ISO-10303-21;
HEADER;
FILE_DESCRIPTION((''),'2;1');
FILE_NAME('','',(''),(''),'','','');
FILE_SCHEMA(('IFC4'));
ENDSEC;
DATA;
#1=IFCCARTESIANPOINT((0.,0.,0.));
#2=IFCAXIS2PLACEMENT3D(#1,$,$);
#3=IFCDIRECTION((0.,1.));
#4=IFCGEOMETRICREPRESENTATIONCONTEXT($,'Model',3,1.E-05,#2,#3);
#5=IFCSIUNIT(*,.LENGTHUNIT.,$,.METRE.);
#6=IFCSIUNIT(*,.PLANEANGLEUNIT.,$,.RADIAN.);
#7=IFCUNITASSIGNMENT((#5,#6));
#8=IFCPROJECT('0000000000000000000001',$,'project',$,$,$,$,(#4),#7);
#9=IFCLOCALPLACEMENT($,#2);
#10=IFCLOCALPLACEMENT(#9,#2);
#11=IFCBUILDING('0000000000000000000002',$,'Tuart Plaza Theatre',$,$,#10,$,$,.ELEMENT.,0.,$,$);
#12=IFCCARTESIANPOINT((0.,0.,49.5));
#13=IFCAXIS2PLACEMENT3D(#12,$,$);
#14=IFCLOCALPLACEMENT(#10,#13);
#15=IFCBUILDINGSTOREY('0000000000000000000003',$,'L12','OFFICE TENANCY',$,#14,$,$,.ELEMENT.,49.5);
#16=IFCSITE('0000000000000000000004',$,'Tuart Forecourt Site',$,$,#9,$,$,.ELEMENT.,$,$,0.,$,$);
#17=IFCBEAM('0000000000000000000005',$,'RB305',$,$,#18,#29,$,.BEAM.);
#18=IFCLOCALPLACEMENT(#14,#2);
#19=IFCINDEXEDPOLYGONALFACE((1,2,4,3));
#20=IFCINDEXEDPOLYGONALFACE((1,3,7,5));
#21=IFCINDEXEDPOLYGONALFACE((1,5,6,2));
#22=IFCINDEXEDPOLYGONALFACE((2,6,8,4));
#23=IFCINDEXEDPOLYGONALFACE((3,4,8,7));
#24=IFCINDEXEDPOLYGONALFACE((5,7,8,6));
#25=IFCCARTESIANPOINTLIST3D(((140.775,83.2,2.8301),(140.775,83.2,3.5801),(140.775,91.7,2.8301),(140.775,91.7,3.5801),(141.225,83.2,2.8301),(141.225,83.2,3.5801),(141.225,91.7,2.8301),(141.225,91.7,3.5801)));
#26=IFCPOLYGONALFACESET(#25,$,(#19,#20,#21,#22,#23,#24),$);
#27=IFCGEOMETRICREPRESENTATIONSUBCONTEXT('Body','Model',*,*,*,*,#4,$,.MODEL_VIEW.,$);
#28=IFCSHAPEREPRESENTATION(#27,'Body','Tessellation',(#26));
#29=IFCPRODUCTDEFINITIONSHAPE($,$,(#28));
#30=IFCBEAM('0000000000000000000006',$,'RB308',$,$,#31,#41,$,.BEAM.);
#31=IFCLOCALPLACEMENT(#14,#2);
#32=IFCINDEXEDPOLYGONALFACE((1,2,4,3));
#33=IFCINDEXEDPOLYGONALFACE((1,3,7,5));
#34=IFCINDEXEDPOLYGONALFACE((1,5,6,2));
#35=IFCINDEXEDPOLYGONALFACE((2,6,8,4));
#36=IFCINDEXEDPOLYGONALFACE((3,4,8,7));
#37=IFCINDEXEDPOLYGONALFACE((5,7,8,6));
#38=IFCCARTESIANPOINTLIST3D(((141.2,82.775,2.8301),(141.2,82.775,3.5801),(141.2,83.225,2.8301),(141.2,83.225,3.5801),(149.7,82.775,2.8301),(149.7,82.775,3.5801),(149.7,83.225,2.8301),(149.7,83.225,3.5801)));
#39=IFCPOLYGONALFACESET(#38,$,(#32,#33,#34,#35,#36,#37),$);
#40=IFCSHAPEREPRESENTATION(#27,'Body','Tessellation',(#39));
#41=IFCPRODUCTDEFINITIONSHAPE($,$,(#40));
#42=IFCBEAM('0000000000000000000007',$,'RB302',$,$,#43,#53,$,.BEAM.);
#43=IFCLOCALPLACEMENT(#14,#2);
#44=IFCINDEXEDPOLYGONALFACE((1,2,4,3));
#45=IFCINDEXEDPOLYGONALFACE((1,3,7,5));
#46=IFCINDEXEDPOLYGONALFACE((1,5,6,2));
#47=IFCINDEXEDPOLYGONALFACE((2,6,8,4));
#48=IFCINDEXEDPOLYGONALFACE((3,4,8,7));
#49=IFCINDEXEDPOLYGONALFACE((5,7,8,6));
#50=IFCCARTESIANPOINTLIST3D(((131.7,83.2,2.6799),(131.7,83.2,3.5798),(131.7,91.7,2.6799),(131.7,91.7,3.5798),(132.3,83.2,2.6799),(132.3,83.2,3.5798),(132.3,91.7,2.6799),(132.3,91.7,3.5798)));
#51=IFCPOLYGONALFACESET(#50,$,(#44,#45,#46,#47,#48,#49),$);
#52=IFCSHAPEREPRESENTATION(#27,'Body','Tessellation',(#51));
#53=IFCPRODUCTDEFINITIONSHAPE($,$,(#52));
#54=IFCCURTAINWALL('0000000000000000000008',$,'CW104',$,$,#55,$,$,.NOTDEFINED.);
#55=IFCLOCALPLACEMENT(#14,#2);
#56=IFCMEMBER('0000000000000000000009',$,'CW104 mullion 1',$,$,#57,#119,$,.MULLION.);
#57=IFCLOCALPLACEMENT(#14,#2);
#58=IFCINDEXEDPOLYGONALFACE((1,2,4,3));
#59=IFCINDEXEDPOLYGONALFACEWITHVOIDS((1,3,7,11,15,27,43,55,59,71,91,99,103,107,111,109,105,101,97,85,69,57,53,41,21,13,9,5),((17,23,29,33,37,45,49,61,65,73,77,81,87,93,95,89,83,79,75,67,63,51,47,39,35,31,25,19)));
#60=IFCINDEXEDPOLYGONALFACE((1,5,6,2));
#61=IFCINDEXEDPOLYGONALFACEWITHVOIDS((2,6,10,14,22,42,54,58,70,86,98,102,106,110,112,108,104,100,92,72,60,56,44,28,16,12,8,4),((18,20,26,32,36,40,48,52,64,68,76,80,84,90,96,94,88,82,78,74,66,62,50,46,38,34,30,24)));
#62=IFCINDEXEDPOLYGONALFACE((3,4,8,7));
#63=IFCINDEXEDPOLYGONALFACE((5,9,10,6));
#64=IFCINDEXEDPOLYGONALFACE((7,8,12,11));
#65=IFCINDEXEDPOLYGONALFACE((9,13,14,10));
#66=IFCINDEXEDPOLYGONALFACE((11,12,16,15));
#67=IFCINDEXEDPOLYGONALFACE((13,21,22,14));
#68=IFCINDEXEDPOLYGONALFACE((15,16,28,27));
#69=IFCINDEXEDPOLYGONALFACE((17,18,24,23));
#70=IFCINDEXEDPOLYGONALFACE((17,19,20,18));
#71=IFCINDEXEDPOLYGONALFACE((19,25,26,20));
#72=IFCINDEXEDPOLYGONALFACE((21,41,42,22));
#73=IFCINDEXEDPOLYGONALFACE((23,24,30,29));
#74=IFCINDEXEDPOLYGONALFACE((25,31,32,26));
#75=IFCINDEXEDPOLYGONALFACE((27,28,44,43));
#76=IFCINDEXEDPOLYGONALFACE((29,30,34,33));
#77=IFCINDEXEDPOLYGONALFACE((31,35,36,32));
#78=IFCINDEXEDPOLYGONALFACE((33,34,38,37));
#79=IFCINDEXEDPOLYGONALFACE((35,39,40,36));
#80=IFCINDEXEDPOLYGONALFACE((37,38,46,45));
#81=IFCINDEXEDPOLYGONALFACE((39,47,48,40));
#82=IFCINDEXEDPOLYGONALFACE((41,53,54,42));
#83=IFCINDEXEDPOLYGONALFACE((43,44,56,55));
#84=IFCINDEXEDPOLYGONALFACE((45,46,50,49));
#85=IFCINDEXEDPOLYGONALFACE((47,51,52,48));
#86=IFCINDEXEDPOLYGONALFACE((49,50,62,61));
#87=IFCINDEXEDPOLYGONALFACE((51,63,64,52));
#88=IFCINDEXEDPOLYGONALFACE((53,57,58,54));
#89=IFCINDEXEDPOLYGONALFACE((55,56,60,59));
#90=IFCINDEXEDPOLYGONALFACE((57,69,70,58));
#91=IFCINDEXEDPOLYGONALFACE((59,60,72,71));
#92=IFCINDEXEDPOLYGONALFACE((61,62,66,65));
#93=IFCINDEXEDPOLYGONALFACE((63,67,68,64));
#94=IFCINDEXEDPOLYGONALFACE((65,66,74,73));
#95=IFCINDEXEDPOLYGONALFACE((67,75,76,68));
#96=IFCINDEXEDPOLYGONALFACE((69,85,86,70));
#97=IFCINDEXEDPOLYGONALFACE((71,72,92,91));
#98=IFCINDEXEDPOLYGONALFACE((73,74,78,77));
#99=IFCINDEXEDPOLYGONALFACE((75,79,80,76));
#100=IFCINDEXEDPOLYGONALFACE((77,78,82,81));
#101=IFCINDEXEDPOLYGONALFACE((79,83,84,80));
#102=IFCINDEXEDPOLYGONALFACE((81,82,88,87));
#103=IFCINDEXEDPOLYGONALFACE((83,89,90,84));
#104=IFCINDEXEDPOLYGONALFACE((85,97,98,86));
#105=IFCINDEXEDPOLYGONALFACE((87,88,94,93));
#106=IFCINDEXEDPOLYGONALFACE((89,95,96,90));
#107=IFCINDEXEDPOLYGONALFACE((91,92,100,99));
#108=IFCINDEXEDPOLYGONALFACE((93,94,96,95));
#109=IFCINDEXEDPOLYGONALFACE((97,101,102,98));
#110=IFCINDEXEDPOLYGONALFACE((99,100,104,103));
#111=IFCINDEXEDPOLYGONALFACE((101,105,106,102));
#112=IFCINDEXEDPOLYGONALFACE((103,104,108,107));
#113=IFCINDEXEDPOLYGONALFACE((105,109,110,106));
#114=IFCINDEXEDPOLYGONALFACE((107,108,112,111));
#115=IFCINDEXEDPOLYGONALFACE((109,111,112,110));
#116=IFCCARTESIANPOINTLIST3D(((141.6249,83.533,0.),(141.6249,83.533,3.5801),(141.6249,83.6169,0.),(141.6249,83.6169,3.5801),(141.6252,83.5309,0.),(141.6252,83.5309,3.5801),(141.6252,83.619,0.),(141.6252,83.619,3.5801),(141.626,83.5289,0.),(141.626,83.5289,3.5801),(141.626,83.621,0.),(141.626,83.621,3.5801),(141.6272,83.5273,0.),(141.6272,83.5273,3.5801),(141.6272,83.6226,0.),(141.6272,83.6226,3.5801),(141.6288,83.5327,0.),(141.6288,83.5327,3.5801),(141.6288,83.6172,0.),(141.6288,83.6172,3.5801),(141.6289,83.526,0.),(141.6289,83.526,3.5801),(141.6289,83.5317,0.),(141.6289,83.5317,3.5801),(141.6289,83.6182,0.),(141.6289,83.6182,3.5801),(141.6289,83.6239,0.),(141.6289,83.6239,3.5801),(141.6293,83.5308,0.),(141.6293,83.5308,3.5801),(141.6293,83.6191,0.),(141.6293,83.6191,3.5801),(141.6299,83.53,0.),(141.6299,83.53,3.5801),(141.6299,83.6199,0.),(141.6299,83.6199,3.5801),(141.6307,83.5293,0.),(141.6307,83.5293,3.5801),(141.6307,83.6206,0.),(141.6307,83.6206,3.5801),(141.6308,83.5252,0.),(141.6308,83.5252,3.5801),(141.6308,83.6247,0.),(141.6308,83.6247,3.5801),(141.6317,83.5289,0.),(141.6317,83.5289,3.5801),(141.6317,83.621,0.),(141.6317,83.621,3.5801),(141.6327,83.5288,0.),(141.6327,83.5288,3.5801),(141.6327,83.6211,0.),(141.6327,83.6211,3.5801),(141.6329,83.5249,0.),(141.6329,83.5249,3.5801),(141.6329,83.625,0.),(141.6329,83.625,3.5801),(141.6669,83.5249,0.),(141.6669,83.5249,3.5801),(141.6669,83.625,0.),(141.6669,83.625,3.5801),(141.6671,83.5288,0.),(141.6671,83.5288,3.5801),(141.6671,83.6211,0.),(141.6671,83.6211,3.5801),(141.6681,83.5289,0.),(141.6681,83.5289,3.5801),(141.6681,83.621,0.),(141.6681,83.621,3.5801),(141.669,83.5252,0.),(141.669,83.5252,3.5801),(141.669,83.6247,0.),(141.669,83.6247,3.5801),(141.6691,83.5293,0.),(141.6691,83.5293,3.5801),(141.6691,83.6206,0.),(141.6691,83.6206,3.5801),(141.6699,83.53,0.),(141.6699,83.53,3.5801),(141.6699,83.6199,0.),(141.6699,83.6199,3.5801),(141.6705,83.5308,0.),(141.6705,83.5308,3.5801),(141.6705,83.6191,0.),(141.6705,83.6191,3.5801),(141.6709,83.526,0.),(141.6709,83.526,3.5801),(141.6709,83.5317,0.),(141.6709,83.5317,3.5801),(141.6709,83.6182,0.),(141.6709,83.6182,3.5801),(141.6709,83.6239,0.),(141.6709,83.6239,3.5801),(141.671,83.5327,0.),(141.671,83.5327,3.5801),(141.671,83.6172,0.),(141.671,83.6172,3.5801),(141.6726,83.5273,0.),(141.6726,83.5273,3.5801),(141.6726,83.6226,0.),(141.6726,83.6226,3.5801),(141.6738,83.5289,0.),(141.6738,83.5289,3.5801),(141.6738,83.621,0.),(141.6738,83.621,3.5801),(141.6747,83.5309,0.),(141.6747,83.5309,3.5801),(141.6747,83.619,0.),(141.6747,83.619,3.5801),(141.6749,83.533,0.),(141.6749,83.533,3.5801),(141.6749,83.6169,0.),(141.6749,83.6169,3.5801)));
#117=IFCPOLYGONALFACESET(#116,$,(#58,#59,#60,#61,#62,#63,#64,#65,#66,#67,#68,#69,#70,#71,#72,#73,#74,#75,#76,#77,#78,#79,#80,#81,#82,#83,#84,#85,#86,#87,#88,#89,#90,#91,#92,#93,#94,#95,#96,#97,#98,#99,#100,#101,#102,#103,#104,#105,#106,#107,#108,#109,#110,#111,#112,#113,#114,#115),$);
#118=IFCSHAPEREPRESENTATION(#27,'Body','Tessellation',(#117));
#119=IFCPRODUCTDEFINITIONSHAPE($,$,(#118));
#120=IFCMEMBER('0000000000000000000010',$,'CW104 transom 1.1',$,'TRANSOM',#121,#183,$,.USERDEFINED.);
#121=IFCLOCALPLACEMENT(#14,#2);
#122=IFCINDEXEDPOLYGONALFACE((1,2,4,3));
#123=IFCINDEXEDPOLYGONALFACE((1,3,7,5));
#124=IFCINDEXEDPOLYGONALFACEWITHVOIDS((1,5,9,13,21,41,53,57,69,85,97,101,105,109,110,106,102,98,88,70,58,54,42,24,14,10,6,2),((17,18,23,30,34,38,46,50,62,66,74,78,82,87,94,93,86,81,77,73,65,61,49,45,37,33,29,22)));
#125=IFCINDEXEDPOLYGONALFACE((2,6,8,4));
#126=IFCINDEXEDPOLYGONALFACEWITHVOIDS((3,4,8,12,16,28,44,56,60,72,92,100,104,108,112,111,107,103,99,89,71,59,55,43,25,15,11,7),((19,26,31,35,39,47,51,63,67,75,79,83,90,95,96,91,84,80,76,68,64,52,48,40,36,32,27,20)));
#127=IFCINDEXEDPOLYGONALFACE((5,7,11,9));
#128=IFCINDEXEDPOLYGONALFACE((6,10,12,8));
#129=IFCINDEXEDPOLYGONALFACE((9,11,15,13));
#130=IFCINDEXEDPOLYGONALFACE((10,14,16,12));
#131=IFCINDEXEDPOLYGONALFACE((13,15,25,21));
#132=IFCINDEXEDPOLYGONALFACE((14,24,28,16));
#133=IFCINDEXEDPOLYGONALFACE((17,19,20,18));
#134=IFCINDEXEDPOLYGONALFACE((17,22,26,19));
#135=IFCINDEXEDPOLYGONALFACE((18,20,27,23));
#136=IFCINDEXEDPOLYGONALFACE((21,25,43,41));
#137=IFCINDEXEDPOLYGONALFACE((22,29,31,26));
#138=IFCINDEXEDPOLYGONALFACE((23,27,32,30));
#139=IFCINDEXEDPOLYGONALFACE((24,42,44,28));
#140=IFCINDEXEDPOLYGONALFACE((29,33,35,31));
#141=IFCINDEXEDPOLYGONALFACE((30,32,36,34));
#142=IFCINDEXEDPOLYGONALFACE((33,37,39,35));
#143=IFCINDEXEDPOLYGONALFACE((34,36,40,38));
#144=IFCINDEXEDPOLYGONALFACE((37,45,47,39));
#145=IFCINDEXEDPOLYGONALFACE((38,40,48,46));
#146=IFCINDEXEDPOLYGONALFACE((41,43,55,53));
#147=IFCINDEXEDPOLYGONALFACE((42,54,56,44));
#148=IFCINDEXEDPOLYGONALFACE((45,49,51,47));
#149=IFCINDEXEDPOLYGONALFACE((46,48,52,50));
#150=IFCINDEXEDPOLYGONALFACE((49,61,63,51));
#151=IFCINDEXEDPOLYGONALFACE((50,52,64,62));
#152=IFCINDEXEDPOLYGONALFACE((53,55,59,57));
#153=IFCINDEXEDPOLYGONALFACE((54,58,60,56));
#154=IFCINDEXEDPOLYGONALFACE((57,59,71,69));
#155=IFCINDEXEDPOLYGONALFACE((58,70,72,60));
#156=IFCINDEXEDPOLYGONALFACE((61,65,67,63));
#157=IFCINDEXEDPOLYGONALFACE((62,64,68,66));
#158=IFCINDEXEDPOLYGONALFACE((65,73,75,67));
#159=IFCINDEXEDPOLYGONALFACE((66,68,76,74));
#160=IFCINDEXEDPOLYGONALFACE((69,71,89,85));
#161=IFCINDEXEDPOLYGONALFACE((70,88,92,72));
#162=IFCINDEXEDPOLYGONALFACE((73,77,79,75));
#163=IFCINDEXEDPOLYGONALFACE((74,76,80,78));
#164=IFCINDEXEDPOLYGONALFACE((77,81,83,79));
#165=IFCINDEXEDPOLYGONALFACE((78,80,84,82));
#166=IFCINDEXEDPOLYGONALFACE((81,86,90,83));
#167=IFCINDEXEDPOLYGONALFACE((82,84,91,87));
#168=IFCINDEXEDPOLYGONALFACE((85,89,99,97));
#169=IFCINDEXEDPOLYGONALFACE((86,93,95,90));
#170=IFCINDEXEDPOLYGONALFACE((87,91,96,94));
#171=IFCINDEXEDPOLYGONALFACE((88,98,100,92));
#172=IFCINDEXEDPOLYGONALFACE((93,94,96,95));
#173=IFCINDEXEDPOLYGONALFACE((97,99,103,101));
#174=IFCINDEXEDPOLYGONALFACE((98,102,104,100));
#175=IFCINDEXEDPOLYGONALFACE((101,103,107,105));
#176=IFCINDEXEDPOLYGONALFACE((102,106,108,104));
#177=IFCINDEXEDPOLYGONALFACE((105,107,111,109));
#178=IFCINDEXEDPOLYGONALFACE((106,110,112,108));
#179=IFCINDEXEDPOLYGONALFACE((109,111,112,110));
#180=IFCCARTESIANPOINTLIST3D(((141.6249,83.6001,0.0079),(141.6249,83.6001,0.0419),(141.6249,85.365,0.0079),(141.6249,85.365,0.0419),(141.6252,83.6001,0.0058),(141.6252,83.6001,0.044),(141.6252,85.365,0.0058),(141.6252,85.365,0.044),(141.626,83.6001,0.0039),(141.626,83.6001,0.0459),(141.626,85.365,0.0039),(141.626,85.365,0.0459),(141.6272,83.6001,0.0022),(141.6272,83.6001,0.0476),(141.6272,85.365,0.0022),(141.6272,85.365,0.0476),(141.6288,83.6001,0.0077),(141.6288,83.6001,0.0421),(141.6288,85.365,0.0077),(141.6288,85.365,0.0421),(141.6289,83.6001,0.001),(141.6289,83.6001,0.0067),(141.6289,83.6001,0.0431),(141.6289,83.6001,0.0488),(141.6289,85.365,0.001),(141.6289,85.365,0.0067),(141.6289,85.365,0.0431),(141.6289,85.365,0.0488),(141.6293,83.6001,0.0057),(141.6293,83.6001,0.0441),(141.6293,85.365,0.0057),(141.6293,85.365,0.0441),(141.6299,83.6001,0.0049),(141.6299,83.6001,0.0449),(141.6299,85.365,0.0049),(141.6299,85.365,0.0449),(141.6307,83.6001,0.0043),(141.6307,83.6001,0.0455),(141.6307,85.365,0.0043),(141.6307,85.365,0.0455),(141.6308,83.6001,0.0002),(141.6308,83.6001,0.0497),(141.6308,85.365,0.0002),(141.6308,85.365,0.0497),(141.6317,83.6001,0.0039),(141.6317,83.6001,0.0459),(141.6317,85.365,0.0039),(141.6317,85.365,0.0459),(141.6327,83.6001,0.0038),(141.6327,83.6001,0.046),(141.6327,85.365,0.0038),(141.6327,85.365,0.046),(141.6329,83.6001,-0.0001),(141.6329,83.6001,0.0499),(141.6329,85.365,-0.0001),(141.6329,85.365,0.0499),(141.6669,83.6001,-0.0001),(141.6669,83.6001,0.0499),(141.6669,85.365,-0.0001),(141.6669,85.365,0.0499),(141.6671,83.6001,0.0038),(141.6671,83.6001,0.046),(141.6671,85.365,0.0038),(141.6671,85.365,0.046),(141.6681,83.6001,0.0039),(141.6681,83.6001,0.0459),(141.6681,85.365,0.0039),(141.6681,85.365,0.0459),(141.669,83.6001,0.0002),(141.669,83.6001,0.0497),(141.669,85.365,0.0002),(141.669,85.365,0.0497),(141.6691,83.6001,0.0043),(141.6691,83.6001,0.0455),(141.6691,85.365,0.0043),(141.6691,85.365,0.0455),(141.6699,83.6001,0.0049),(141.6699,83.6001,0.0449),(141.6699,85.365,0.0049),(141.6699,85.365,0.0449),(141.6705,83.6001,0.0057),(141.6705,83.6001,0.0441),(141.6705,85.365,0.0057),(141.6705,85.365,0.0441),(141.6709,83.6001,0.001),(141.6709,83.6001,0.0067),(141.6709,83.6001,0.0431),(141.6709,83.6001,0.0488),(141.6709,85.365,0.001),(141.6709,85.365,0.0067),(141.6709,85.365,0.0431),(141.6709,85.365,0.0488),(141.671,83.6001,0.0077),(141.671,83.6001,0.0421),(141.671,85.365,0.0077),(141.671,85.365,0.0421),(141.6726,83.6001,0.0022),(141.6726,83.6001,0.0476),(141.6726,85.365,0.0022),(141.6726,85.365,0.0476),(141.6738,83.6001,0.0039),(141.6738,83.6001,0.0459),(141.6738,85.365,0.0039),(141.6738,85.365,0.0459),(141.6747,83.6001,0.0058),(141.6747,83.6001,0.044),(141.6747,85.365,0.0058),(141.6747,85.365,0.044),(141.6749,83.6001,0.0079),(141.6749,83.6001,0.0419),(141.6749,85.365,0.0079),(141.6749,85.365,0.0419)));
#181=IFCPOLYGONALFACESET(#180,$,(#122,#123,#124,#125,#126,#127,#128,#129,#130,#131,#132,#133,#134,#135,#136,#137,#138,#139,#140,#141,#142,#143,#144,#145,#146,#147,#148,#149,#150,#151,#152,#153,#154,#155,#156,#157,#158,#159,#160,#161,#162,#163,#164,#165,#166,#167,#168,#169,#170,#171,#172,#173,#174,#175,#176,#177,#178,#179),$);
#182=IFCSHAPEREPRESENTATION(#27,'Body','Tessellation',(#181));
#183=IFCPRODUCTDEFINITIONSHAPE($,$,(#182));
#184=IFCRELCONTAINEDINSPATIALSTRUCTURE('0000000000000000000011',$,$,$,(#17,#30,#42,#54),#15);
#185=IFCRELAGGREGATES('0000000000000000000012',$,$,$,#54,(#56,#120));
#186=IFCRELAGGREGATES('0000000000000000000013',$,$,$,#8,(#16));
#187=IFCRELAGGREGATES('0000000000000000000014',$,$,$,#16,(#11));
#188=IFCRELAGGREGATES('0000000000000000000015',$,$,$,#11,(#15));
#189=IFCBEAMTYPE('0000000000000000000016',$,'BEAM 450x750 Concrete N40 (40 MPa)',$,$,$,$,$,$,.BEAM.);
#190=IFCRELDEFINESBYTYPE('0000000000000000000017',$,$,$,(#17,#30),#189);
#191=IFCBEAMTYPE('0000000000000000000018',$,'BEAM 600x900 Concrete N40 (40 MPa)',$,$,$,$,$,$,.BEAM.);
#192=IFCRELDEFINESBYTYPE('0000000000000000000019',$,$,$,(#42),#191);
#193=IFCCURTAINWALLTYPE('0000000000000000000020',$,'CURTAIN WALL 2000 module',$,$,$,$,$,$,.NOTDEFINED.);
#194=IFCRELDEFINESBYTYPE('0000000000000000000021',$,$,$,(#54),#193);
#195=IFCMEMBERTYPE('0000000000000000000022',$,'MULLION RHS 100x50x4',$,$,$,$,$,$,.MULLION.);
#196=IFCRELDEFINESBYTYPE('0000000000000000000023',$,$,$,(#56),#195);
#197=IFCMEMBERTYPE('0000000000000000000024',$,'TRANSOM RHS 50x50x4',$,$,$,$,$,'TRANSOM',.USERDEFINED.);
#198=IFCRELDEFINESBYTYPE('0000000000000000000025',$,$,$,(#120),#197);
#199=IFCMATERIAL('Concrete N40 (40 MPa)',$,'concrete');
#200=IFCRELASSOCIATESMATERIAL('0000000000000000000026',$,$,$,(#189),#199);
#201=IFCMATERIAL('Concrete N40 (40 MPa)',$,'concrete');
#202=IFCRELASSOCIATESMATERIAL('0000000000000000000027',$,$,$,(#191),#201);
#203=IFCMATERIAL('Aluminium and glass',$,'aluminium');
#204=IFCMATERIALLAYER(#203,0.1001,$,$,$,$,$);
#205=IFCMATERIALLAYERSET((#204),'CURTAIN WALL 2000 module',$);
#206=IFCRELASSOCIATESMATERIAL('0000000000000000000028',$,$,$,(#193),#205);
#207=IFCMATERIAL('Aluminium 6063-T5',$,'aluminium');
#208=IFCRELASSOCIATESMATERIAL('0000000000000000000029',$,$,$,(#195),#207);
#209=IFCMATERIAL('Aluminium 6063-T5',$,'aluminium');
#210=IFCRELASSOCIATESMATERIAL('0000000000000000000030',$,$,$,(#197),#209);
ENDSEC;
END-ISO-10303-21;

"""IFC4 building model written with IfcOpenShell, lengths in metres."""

from ifc_helpers import new_model, si_unit, direction, frame, origin, origin_2d, place, context, subcontext, project, spatial, rectangle, hollow_rectangle, extrude, material, layer, layer_set, material_profile, profile_set, type_object, element, aggregate, save


model = new_model("IFC4")

# Units and contexts
model_context = context("Model", 3, precision=1e-05, world=origin(), true_north=direction((0.0, 1.0)))
body_context = subcontext(model_context, "Body", "Model", "MODEL_VIEW")
ifc_project = project(units=[si_unit("LENGTHUNIT", "METRE"), si_unit("PLANEANGLEUNIT", "RADIAN")], contexts=[model_context])

# Site, building, storey
site_placement = place(None, origin())
site = spatial("IfcSite", under=ifc_project, at=site_placement, Name="Tuart Forecourt Site", CompositionType="ELEMENT", RefElevation=0.0)
building_placement = place(site_placement, origin())
building = spatial("IfcBuilding", under=site, at=building_placement, Name="Tuart Plaza Theatre", CompositionType="ELEMENT", ElevationOfRefHeight=0.0)
storey_placement = place(building_placement, frame((0.0, 0.0, 49.5)))
storey = spatial("IfcBuildingStorey", under=building, at=storey_placement, Name="L12", Description="OFFICE TENANCY", CompositionType="ELEMENT", Elevation=49.5)

# Beams
ifc_material_1 = material(Name="Concrete N40 (40 MPa)", Category="concrete")
ifc_material_profile_1 = material_profile(ifc_material_1, rectangle(XDim=0.45, YDim=0.75, at=origin_2d()), Name="BEAM 450x750 Concrete N40 (40 MPa)")
ifc_profile_set_1 = profile_set([ifc_material_profile_1], Name="Concrete N40 (40 MPa)")
beam_type_1 = type_object("IfcBeamType", Name="BEAM 450x750 Concrete N40 (40 MPa)", PredefinedType="BEAM", material=ifc_profile_set_1)
for number, where, z_axis, x_axis, name in (
    (1, (141.0, 83.2, 3.2051), (0.0, 1.0, 0.0), (-1.0, 0.0, 0.0), "RB305"),
    (2, (141.2, 83.0, 3.2051), (1.0, 0.0, 0.0), (0.0, 1.0, 0.0), "RB308"),
):
    element("IfcBeam", number, at=place(storey_placement, frame(where, z_axis=z_axis, x_axis=x_axis)), inside=storey, type_object=beam_type_1, Name=name, PredefinedType="BEAM", context=body_context, shape_type="SweptSolid", body=[
        extrude(rectangle(XDim=0.45, YDim=0.75, at=origin_2d()), origin(), (0.0, 0.0, 1.0), 8.5),
    ])
ifc_material_2 = material(Name="Concrete N40 (40 MPa)", Category="concrete")
ifc_material_profile_2 = material_profile(ifc_material_2, rectangle(XDim=0.6001, YDim=0.8999, at=origin_2d()), Name="BEAM 600x900 Concrete N40 (40 MPa)")
ifc_profile_set_2 = profile_set([ifc_material_profile_2], Name="Concrete N40 (40 MPa)")
beam_type_2 = type_object("IfcBeamType", Name="BEAM 600x900 Concrete N40 (40 MPa)", PredefinedType="BEAM", material=ifc_profile_set_2)
beam_placement = place(storey_placement, frame((132.0, 83.2, 3.1299), z_axis=(0.0, 1.0, 0.0), x_axis=(-1.0, 0.0, 0.0)))
element("IfcBeam", 3, at=beam_placement, inside=storey, type_object=beam_type_2, Name="RB302", PredefinedType="BEAM", context=body_context, shape_type="SweptSolid", body=[
    extrude(rectangle(XDim=0.6001, YDim=0.8999, at=origin_2d()), origin(), (0.0, 0.0, 1.0), 8.5),
])

# Curtain wall, members
ifc_material_3 = material(Name="Aluminium and glass", Category="aluminium")
ifc_layer_1 = layer(ifc_material_3, 0.1001)
ifc_layer_set_1 = layer_set([ifc_layer_1], Name="CURTAIN WALL 2000 module")
curtain_wall_type = type_object("IfcCurtainWallType", Name="CURTAIN WALL 2000 module", PredefinedType="NOTDEFINED", material=ifc_layer_set_1)
curtain_wall_placement = place(storey_placement, origin())
curtain_wall = element("IfcCurtainWall", 4, at=curtain_wall_placement, inside=storey, type_object=curtain_wall_type, Name="CW104", PredefinedType="NOTDEFINED")
ifc_material_4 = material(Name="Aluminium 6063-T5", Category="aluminium")
ifc_material_profile_3 = material_profile(ifc_material_4, hollow_rectangle(XDim=0.05, YDim=0.1001, WallThickness=0.0039, InnerFilletRadius=0.0039, OuterFilletRadius=0.0081, at=origin_2d()), Name="RHS 100x50x4")
ifc_profile_set_3 = profile_set([ifc_material_profile_3], Name="Aluminium 6063-T5")
member_type_1 = type_object("IfcMemberType", Name="MULLION RHS 100x50x4", PredefinedType="MULLION", material=ifc_profile_set_3)
member_1_placement = place(storey_placement, frame((141.6499, 83.575, 0.0), z_axis=(0.0, 0.0, 1.0), x_axis=(-1.0, 0.0, 0.0)))
member_1 = element("IfcMember", 5, at=member_1_placement, type_object=member_type_1, Name="CW104 mullion 1", PredefinedType="MULLION", context=body_context, shape_type="SweptSolid", body=[
    extrude(hollow_rectangle(XDim=0.05, YDim=0.1001, WallThickness=0.0039, InnerFilletRadius=0.0039, OuterFilletRadius=0.0081, at=origin_2d()), origin(), (0.0, 0.0, 1.0), 3.5801),
])
ifc_material_5 = material(Name="Aluminium 6063-T5", Category="aluminium")
ifc_material_profile_4 = material_profile(ifc_material_5, hollow_rectangle(XDim=0.05, YDim=0.05, WallThickness=0.0039, InnerFilletRadius=0.0039, OuterFilletRadius=0.0081, at=origin_2d()), Name="RHS 50x50x4")
ifc_profile_set_4 = profile_set([ifc_material_profile_4], Name="Aluminium 6063-T5")
member_type_2 = type_object("IfcMemberType", Name="TRANSOM RHS 50x50x4", ElementType="TRANSOM", PredefinedType="USERDEFINED", material=ifc_profile_set_4)
member_2_placement = place(storey_placement, frame((141.6499, 83.6001, 0.0249), z_axis=(0.0, 1.0, 0.0), x_axis=(-1.0, 0.0, 0.0)))
member_2 = element("IfcMember", 6, at=member_2_placement, type_object=member_type_2, Name="CW104 transom 1.1", ObjectType="TRANSOM", PredefinedType="USERDEFINED", context=body_context, shape_type="SweptSolid", body=[
    extrude(hollow_rectangle(XDim=0.05, YDim=0.05, WallThickness=0.0039, InnerFilletRadius=0.0039, OuterFilletRadius=0.0081, at=origin_2d()), origin(), (0.0, 0.0, 1.0), 1.7649),
])
aggregate(curtain_wall, [member_1, member_2])

save(model, "model.ifc")
